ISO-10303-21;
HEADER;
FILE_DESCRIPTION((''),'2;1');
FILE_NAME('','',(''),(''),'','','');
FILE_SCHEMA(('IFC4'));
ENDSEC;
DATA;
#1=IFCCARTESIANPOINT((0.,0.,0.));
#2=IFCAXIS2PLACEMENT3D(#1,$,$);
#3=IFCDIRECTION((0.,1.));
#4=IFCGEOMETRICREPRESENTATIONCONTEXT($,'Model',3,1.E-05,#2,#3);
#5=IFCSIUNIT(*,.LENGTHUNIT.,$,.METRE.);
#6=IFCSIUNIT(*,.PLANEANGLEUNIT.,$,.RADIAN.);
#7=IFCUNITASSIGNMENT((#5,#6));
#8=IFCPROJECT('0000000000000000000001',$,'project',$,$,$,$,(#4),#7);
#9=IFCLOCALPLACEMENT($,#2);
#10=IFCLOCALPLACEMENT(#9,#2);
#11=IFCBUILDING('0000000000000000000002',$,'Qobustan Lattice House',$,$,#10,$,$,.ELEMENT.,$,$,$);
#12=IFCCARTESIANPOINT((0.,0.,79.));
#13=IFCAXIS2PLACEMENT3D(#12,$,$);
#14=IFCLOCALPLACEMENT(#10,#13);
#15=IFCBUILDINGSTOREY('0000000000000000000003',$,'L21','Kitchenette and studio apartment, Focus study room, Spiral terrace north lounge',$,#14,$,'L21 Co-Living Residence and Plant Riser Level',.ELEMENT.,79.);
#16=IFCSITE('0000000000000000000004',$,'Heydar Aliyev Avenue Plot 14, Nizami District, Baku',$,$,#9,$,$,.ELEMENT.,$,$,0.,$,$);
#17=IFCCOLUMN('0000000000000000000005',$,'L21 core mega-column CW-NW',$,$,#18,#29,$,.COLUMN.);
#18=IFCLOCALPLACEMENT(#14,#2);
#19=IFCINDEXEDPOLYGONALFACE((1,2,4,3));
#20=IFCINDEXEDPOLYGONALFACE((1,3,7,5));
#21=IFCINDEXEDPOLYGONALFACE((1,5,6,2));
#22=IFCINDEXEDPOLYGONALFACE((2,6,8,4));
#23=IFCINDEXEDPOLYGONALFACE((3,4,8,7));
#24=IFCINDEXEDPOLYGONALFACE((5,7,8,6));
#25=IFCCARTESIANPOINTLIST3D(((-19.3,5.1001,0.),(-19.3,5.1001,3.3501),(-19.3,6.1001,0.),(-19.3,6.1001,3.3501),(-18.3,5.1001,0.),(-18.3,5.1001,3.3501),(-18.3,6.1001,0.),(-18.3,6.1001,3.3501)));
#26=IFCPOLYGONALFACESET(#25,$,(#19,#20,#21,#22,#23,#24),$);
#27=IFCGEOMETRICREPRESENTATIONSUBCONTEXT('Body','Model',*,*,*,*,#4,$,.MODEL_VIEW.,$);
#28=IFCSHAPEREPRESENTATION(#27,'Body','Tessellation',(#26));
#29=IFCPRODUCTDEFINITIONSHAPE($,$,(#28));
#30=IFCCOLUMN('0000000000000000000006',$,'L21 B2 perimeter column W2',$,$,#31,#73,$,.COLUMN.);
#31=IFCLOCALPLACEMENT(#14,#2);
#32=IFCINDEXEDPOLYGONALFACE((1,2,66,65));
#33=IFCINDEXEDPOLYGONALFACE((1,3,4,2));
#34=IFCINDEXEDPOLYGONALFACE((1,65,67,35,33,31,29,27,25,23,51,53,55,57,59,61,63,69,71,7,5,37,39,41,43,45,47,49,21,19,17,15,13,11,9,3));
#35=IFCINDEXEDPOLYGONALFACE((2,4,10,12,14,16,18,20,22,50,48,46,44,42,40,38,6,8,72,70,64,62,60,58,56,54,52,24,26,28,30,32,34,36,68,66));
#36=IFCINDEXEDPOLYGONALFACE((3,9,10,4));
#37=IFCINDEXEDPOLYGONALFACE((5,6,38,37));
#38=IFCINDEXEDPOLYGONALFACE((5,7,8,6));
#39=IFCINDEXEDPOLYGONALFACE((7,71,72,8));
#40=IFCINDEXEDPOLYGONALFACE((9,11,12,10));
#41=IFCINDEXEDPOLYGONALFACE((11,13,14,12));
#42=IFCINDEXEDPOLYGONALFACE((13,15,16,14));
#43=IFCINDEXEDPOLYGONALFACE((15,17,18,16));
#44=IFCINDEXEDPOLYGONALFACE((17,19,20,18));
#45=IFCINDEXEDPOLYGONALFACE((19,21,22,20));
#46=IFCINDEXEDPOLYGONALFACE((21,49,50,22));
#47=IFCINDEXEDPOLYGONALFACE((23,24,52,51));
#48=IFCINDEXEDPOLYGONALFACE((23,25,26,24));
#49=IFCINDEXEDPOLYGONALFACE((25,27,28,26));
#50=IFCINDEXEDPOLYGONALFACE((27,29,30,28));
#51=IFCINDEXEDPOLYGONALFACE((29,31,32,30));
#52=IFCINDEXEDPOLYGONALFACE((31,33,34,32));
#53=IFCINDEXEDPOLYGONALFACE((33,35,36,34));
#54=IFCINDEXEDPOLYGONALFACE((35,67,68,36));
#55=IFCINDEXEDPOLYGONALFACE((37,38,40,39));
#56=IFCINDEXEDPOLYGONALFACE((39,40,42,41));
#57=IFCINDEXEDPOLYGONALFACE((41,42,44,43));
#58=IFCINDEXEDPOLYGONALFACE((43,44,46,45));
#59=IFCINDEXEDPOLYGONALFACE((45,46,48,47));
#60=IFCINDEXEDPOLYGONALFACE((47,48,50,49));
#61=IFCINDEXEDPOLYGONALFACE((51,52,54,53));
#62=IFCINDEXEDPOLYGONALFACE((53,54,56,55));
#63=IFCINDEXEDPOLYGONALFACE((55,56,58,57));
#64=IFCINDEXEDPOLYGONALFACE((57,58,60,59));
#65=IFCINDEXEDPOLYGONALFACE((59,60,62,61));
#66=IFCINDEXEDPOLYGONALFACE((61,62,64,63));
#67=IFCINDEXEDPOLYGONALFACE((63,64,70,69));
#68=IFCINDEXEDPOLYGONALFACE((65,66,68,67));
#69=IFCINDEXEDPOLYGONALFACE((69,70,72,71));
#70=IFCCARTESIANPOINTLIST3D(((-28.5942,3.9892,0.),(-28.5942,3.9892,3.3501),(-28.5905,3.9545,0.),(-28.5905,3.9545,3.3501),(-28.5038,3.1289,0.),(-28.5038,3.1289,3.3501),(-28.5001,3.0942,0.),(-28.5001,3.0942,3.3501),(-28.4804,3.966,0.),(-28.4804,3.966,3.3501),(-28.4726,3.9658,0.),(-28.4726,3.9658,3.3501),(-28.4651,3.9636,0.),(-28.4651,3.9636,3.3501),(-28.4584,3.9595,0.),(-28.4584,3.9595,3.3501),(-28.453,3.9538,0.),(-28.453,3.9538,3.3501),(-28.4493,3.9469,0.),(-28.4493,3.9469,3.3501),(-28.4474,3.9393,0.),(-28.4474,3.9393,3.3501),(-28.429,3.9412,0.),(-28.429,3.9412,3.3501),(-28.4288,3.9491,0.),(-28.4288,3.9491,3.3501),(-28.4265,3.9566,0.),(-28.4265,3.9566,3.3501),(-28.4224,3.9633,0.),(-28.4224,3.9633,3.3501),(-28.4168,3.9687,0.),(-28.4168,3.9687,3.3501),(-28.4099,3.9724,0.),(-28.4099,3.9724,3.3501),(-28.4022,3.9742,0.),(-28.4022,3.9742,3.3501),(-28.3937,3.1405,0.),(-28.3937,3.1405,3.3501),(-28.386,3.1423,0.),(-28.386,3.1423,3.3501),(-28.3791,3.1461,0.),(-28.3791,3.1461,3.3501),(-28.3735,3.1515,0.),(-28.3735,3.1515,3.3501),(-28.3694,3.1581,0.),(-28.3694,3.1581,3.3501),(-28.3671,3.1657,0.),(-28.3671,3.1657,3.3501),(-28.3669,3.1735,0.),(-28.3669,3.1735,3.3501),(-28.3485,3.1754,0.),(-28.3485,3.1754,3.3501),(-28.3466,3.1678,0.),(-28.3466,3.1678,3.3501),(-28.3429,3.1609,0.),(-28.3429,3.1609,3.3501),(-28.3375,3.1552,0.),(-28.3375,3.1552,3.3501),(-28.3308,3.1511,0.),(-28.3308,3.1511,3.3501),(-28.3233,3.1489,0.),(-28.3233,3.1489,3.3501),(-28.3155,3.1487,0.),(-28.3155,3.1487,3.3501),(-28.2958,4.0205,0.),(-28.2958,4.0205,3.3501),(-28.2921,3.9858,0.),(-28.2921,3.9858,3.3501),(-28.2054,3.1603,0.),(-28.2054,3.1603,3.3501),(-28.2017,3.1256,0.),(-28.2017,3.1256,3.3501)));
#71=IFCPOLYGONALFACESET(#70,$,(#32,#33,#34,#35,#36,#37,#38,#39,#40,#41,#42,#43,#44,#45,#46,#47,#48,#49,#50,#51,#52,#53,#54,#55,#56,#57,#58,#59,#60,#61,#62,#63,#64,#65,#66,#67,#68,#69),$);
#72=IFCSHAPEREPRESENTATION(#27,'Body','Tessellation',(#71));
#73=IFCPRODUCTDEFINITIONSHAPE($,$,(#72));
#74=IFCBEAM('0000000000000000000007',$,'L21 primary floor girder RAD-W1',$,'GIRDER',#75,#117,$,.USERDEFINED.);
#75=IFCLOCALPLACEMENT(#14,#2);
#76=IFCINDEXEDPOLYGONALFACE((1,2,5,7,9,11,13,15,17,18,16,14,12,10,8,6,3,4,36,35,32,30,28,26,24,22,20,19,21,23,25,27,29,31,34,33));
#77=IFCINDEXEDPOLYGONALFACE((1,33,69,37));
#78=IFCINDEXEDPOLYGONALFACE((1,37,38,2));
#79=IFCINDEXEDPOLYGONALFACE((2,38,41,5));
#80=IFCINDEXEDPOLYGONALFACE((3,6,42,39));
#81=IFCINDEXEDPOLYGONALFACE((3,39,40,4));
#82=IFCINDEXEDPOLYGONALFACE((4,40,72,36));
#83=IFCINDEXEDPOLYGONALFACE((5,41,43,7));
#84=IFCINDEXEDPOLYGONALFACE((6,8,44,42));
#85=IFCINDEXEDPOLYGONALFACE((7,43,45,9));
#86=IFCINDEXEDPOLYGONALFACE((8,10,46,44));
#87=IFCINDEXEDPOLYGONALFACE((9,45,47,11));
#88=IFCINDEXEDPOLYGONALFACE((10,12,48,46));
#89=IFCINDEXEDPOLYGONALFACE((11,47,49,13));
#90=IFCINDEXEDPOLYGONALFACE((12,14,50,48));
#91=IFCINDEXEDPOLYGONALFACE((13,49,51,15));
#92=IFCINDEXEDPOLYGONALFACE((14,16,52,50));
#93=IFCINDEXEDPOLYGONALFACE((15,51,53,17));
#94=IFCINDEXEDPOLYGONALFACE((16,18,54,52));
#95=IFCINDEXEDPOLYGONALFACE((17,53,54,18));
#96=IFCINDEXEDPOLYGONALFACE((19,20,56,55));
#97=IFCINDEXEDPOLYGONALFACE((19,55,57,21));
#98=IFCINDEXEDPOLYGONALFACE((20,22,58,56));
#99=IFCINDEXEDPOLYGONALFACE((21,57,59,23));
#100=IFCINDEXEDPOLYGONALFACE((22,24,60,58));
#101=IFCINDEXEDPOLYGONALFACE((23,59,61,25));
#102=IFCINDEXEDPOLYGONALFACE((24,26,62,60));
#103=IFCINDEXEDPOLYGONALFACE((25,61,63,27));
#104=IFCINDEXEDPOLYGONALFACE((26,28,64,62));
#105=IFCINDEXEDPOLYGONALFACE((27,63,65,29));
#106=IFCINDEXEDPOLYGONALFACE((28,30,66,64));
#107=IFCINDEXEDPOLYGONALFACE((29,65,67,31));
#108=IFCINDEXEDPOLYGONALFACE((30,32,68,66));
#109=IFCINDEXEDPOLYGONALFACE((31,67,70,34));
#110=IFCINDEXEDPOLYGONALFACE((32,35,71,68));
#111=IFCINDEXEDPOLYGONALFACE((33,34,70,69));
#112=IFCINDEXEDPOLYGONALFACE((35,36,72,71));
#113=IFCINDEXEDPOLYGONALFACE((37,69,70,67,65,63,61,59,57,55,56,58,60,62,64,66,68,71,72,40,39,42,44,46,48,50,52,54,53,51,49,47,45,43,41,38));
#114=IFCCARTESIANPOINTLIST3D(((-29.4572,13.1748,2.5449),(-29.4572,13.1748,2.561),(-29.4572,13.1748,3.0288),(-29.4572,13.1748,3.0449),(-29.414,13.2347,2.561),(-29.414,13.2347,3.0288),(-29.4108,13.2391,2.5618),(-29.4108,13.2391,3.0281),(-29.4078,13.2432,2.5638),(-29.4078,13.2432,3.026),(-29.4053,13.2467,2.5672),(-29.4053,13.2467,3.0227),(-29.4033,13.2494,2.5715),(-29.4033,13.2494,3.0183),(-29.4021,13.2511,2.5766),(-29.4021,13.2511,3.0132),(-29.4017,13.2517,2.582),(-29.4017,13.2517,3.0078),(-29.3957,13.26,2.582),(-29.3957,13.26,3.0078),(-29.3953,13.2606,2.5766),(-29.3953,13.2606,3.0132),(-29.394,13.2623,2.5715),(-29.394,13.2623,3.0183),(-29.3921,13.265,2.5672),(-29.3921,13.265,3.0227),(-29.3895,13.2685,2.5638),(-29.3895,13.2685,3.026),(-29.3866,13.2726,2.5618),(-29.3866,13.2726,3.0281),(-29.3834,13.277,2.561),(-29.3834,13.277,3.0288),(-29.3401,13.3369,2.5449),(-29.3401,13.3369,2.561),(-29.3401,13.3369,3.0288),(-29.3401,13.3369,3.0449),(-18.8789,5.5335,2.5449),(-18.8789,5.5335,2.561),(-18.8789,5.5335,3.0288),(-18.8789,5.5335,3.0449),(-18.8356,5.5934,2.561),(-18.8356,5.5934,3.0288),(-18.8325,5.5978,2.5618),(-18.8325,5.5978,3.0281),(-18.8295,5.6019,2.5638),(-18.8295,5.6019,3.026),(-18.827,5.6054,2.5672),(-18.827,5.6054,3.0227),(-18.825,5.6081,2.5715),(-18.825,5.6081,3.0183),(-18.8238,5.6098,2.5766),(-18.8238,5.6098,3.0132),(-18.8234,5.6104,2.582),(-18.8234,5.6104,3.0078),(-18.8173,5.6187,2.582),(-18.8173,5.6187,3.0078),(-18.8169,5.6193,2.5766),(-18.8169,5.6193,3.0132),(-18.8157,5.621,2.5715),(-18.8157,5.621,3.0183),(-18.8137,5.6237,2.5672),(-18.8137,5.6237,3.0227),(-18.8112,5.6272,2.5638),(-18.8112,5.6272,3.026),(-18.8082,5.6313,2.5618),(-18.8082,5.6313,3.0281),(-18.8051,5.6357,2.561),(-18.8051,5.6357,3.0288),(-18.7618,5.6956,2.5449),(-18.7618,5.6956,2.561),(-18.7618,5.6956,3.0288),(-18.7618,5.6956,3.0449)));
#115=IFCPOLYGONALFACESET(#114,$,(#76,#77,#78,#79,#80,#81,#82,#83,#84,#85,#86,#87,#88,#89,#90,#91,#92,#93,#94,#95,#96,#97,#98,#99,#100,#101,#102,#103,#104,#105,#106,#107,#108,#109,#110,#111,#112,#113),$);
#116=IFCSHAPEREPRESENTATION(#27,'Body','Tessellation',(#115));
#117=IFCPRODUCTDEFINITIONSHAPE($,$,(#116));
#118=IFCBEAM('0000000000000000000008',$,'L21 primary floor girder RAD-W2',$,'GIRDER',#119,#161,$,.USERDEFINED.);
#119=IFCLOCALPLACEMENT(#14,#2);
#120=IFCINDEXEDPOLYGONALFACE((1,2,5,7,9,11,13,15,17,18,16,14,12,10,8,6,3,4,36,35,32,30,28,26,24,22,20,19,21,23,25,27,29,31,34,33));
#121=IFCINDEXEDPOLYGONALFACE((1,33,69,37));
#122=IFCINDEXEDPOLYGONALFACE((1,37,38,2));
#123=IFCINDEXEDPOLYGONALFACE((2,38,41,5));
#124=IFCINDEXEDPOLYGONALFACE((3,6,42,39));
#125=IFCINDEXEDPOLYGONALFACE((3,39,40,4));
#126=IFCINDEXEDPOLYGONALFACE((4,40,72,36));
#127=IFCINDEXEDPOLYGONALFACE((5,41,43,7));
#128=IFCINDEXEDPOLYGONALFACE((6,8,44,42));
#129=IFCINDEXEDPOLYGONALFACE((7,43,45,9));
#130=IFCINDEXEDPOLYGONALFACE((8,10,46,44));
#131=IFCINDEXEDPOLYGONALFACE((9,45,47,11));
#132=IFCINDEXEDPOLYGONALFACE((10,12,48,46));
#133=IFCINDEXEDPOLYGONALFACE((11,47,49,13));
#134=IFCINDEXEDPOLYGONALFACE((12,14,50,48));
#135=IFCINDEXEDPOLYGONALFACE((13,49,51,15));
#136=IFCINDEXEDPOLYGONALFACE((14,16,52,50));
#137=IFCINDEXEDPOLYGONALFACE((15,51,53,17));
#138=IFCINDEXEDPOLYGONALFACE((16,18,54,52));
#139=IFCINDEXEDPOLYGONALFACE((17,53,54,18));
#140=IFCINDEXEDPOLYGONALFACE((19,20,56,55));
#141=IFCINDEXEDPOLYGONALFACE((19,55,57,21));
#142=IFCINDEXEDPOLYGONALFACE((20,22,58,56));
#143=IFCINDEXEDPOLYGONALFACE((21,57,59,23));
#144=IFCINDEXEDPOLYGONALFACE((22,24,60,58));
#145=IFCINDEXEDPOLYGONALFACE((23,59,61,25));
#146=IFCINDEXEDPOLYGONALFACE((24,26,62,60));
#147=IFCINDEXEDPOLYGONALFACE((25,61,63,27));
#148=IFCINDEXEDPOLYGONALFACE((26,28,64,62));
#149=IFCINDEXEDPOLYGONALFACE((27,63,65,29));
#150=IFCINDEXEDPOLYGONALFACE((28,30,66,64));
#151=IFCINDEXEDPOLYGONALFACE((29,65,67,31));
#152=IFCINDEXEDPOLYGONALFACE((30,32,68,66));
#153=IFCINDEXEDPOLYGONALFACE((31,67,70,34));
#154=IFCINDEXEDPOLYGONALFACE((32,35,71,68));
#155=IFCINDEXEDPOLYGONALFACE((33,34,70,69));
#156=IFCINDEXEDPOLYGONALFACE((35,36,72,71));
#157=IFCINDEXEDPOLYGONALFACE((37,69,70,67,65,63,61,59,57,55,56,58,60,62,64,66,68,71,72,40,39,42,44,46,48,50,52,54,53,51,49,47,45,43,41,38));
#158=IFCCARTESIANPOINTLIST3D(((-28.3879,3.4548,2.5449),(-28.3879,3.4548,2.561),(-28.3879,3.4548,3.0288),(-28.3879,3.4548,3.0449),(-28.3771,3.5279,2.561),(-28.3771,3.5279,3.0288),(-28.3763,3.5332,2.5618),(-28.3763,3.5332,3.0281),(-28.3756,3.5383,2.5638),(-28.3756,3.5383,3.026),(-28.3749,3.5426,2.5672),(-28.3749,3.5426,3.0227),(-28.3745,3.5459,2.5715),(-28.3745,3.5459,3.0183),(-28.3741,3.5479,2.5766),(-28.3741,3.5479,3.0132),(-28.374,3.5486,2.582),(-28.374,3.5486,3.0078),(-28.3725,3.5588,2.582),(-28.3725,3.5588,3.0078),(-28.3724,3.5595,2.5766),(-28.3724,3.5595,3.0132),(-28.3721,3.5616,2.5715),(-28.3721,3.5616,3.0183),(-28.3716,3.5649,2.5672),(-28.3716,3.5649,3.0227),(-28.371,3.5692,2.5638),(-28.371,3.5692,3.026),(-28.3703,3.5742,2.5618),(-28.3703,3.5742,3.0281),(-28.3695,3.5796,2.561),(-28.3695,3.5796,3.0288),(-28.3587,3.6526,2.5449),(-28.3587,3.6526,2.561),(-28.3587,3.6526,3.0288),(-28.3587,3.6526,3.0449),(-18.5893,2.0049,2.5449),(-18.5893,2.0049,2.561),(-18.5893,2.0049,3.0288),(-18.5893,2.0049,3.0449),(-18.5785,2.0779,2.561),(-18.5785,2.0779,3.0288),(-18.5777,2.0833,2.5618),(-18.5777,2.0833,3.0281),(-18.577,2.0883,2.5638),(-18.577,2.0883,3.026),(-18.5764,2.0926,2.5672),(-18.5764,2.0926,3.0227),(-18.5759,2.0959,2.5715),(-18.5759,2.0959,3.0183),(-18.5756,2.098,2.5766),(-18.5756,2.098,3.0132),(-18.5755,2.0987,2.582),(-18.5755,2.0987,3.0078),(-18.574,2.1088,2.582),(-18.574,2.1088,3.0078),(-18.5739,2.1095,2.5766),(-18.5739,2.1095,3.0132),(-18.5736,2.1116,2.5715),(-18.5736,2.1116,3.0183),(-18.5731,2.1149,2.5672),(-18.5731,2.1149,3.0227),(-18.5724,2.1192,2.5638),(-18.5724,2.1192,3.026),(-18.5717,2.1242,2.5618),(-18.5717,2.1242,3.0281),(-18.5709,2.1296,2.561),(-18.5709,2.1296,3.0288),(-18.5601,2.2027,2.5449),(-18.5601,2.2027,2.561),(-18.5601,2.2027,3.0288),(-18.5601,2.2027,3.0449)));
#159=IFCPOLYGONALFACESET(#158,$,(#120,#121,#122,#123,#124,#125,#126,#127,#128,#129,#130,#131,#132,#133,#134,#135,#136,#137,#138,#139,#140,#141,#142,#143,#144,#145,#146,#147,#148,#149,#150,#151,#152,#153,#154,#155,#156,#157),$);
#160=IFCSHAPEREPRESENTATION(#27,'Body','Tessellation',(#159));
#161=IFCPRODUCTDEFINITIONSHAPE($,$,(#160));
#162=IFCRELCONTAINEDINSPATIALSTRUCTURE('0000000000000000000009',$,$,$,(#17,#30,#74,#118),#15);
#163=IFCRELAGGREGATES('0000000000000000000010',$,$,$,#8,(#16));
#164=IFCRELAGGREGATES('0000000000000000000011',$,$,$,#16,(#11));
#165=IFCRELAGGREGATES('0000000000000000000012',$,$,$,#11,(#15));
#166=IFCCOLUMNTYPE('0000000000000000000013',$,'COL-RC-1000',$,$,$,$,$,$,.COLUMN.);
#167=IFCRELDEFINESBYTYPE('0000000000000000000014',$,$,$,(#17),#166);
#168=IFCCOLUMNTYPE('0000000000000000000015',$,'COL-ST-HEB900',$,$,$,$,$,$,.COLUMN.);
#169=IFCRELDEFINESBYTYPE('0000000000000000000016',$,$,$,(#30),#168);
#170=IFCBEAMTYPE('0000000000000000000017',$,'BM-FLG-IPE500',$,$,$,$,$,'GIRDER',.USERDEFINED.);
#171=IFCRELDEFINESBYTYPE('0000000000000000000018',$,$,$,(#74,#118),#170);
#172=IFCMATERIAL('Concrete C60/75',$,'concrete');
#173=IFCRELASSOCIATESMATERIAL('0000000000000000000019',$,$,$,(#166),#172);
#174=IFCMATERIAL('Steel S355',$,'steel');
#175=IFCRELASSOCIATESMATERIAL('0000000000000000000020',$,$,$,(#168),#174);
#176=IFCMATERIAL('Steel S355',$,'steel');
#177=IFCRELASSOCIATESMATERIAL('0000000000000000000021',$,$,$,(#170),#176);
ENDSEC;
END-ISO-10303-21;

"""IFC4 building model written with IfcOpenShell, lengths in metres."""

from ifc_helpers import new_model, si_unit, direction, frame, origin, origin_2d, place, context, subcontext, project, spatial, rectangle, i_section, extrude, material, material_profile, profile_set, type_object, element, save


model = new_model("IFC4")

# Units and contexts
model_context = context("Model", 3, precision=1e-05, world=origin(), true_north=direction((0.0, 1.0)))
body_context = subcontext(model_context, "Body", "Model", "MODEL_VIEW")
ifc_project = project(units=[si_unit("LENGTHUNIT", "METRE"), si_unit("PLANEANGLEUNIT", "RADIAN")], contexts=[model_context])

# Site, building, storey
site_placement = place(None, origin())
site = spatial("IfcSite", under=ifc_project, at=site_placement, Name="Heydar Aliyev Avenue Plot 14, Nizami District, Baku", CompositionType="ELEMENT", RefElevation=0.0)
building_placement = place(site_placement, origin())
building = spatial("IfcBuilding", under=site, at=building_placement, Name="Qobustan Lattice House", CompositionType="ELEMENT")
storey_placement = place(building_placement, frame((0.0, 0.0, 79.0)))
storey = spatial("IfcBuildingStorey", under=building, at=storey_placement, Name="L21", Description="Kitchenette and studio apartment, Focus study room, Spiral terrace north lounge", LongName="L21 Co-Living Residence and Plant Riser Level", CompositionType="ELEMENT", Elevation=79.0)

# Columns
ifc_material_1 = material(Name="Concrete C60/75", Category="concrete")
ifc_material_profile_1 = material_profile(ifc_material_1, rectangle(XDim=1.0, YDim=1.0, at=origin_2d()), Name="RC1000x1000")
ifc_profile_set_1 = profile_set([ifc_material_profile_1], Name="Concrete C60/75")
column_type_1 = type_object("IfcColumnType", Name="COL-RC-1000", PredefinedType="COLUMN", material=ifc_profile_set_1)
column_1_placement = place(storey_placement, frame((-18.8, 5.6001, 0.0), z_axis=(0.0, 0.0, 1.0), x_axis=(1.0, 0.0, 0.0)))
element("IfcColumn", 1, at=column_1_placement, inside=storey, type_object=column_type_1, Name="L21 core mega-column CW-NW", PredefinedType="COLUMN", context=body_context, shape_type="SweptSolid", body=[
    extrude(rectangle(XDim=1.0, YDim=1.0, at=origin_2d()), origin(), (0.0, 0.0, 1.0), 3.3501),
])
ifc_material_2 = material(Name="Steel S355", Category="steel")
ifc_material_profile_2 = material_profile(ifc_material_2, i_section(OverallWidth=0.3, OverallDepth=0.8999, WebThickness=0.0186, FlangeThickness=0.0349, FilletRadius=0.03, at=origin_2d()), Name="HEB900")
ifc_profile_set_2 = profile_set([ifc_material_profile_2], Name="Steel S355")
column_type_2 = type_object("IfcColumnType", Name="COL-ST-HEB900", PredefinedType="COLUMN", material=ifc_profile_set_2)
column_2_placement = place(storey_placement, frame((-28.3979, 3.5574, 0.0), z_axis=(0.0, 0.0, 1.0), x_axis=(0.994522, 0.104528, 0.0)))
element("IfcColumn", 2, at=column_2_placement, inside=storey, type_object=column_type_2, Name="L21 B2 perimeter column W2", PredefinedType="COLUMN", context=body_context, shape_type="SweptSolid", body=[
    extrude(i_section(OverallWidth=0.3, OverallDepth=0.8999, WebThickness=0.0186, FlangeThickness=0.0349, FilletRadius=0.03, at=origin_2d()), origin(), (0.0, 0.0, 1.0), 3.3501),
])

# Beams
ifc_material_3 = material(Name="Steel S355", Category="steel")
ifc_material_profile_3 = material_profile(ifc_material_3, i_section(OverallWidth=0.2, OverallDepth=0.5, WebThickness=0.0103, FlangeThickness=0.0161, FilletRadius=0.021, at=origin_2d()), Name="IPE500")
ifc_profile_set_3 = profile_set([ifc_material_profile_3], Name="Steel S355")
beam_type_1 = type_object("IfcBeamType", Name="BM-FLG-IPE500", ElementType="GIRDER", PredefinedType="USERDEFINED", material=ifc_profile_set_3)
beam_1_placement = place(storey_placement, frame((-29.3987, 13.2559, 2.7949), z_axis=(0.810627, -0.585562, 0.0), x_axis=(0.585562, 0.810627, 0.0)))
element("IfcBeam", 3, at=beam_1_placement, inside=storey, type_object=beam_type_1, Name="L21 primary floor girder RAD-W1", ObjectType="GIRDER", PredefinedType="USERDEFINED", context=body_context, shape_type="SweptSolid", body=[
    extrude(i_section(OverallWidth=0.2, OverallDepth=0.5, WebThickness=0.0103, FlangeThickness=0.0161, FilletRadius=0.021, at=origin_2d()), origin(), (0.0, 0.0, 1.0), 13.0496),
])
beam_2_placement = place(storey_placement, frame((-28.3733, 3.5537, 2.7949), z_axis=(0.989228, -0.146382, 0.0), x_axis=(0.146382, 0.989228, 0.0)))
element("IfcBeam", 4, at=beam_2_placement, inside=storey, type_object=beam_type_1, Name="L21 primary floor girder RAD-W2", ObjectType="GIRDER", PredefinedType="USERDEFINED", context=body_context, shape_type="SweptSolid", body=[
    extrude(i_section(OverallWidth=0.2, OverallDepth=0.5, WebThickness=0.0103, FlangeThickness=0.0161, FilletRadius=0.021, at=origin_2d()), origin(), (0.0, 0.0, 1.0), 9.9053),
])

save(model, "model.ifc")
